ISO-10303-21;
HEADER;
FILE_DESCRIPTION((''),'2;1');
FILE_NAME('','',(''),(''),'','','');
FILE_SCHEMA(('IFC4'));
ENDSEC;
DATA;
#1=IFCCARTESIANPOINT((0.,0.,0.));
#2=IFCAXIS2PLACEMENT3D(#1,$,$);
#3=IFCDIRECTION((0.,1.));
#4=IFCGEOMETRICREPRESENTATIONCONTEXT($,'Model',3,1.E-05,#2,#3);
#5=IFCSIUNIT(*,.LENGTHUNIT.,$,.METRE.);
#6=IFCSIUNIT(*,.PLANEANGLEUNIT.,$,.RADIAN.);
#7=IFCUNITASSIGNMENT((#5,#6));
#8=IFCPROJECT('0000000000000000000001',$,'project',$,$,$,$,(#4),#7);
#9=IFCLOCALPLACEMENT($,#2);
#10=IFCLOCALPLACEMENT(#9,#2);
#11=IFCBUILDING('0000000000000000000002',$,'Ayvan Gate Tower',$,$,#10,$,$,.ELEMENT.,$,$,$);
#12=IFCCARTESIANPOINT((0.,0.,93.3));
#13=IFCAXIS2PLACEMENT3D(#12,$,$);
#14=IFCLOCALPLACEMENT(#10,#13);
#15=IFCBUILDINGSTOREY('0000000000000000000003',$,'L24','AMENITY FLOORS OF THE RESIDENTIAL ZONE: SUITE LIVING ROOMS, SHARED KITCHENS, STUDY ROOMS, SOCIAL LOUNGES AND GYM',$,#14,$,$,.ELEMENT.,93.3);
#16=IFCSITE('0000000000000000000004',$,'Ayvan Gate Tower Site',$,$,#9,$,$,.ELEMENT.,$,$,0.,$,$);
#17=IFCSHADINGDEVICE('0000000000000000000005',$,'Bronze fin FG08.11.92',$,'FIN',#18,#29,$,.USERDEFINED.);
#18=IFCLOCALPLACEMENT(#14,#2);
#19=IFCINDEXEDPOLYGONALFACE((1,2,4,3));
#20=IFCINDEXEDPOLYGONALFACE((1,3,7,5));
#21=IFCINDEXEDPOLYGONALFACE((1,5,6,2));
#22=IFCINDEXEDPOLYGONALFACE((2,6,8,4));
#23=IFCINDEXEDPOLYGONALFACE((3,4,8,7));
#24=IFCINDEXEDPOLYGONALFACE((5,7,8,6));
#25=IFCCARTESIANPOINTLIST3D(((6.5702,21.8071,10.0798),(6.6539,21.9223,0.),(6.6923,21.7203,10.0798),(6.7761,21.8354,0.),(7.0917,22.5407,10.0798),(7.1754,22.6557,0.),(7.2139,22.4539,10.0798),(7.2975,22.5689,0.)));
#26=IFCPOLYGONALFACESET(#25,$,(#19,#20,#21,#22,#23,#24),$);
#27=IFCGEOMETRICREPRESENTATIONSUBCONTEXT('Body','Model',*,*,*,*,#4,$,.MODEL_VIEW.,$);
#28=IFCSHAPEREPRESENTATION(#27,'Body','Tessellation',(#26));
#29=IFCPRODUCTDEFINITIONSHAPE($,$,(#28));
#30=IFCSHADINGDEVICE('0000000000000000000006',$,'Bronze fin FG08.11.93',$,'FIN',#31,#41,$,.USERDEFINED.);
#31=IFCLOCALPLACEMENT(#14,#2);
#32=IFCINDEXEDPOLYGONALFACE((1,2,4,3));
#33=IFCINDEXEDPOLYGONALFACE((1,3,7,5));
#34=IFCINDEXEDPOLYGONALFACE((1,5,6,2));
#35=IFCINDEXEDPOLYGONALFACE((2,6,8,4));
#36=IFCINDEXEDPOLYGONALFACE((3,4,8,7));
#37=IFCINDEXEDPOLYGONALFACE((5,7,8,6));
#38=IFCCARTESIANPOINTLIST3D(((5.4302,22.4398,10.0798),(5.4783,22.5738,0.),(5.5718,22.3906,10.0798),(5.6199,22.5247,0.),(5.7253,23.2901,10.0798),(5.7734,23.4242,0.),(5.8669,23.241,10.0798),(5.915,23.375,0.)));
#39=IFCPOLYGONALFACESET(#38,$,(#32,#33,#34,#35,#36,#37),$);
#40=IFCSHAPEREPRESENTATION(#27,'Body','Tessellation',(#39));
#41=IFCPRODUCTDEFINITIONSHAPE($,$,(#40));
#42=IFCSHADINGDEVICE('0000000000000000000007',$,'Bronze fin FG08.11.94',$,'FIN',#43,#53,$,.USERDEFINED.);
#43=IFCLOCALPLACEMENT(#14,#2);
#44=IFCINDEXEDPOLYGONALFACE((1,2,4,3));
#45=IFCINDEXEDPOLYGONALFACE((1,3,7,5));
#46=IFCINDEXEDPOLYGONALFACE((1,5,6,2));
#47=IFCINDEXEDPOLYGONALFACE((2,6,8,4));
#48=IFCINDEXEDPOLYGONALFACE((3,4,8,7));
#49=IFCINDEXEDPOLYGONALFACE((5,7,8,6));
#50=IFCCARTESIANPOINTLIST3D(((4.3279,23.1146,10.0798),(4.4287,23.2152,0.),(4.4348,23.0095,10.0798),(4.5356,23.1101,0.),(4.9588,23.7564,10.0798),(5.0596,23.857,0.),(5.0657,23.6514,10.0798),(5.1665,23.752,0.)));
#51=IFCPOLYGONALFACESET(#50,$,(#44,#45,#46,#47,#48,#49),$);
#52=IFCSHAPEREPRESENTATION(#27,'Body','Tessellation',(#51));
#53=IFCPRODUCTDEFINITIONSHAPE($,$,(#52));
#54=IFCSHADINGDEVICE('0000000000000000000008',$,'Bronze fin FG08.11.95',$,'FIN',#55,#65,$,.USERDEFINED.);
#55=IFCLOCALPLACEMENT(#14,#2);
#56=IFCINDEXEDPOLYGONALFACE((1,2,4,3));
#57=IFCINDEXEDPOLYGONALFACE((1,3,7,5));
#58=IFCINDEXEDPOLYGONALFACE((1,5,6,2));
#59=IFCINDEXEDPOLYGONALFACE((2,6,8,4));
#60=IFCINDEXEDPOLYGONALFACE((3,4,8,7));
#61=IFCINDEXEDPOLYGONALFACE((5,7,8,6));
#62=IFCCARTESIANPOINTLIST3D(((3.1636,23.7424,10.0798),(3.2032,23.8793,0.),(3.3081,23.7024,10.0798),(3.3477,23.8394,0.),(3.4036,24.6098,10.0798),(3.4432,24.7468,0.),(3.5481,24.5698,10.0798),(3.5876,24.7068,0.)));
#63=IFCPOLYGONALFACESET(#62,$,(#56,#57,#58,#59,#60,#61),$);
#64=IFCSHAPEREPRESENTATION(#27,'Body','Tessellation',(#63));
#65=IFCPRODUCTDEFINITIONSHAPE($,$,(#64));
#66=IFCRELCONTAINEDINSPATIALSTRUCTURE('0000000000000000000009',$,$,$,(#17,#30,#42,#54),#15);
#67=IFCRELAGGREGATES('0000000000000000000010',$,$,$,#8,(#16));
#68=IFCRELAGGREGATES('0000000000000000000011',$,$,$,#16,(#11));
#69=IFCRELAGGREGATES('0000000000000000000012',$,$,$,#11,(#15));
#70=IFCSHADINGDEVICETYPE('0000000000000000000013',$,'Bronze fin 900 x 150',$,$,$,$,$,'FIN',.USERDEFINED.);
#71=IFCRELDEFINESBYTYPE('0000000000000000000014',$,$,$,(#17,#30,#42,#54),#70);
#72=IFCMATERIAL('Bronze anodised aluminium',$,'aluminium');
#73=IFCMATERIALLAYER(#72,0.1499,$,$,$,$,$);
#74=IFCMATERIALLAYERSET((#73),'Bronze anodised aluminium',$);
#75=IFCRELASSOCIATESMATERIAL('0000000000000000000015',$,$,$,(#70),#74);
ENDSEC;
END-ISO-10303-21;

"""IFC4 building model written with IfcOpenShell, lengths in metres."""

from ifc_helpers import new_model, si_unit, direction, frame, origin, place, context, subcontext, project, spatial, polyline, outline, extrude, material, layer, layer_set, type_object, element, save


model = new_model("IFC4")

# Units and contexts
model_context = context("Model", 3, precision=1e-05, world=origin(), true_north=direction((0.0, 1.0)))
body_context = subcontext(model_context, "Body", "Model", "MODEL_VIEW")
ifc_project = project(units=[si_unit("LENGTHUNIT", "METRE"), si_unit("PLANEANGLEUNIT", "RADIAN")], contexts=[model_context])

# Site, building, storey
site_placement = place(None, origin())
site = spatial("IfcSite", under=ifc_project, at=site_placement, Name="Ayvan Gate Tower Site", CompositionType="ELEMENT", RefElevation=0.0)
building_placement = place(site_placement, origin())
building = spatial("IfcBuilding", under=site, at=building_placement, Name="Ayvan Gate Tower", CompositionType="ELEMENT")
storey_placement = place(building_placement, frame((0.0, 0.0, 93.3)))
storey = spatial("IfcBuildingStorey", under=building, at=storey_placement, Name="L24", Description="AMENITY FLOORS OF THE RESIDENTIAL ZONE: SUITE LIVING ROOMS, SHARED KITCHENS, STUDY ROOMS, SOCIAL LOUNGES AND GYM", CompositionType="ELEMENT", Elevation=93.3)

# Shared definitions
ifc_material_1 = material(Name="Bronze anodised aluminium", Category="aluminium")

# Shading devices
ifc_layer_1 = layer(ifc_material_1, 0.1499)
ifc_layer_set_1 = layer_set([ifc_layer_1], Name="Bronze anodised aluminium")
shading_device_type = type_object("IfcShadingDeviceType", Name="Bronze fin 900 x 150", ElementType="FIN", PredefinedType="USERDEFINED", material=ifc_layer_set_1)
shading_device_1_placement = place(storey_placement, frame((6.7761, 21.8354, 0.0), z_axis=(0.815024, -0.579428, 0.000154), x_axis=(0.579428, 0.815024, 0.0)))
element("IfcShadingDevice", 1, at=shading_device_1_placement, inside=storey, type_object=shading_device_type, Name="Bronze fin FG08.11.92", ObjectType="FIN", PredefinedType="USERDEFINED", context=body_context, shape_type="SweptSolid", body=[
    extrude(outline(polyline([(0.0, 0.0), (0.8999, 0.0), (0.7577, 10.0798), (-0.1424, 10.0798), (0.0, 0.0)])), origin(), (0.0, 0.0, -1.0), 0.1499),
])
shading_device_2_placement = place(storey_placement, frame((5.6199, 22.5247, 0.0), z_axis=(0.944705, -0.327921, 0.000147), x_axis=(0.327921, 0.944705, 0.0)))
element("IfcShadingDevice", 2, at=shading_device_2_placement, inside=storey, type_object=shading_device_type, Name="Bronze fin FG08.11.93", ObjectType="FIN", PredefinedType="USERDEFINED", context=body_context, shape_type="SweptSolid", body=[
    extrude(outline(polyline([(0.0, 0.0), (0.9001, 0.0), (0.7577, 10.0798), (-0.1424, 10.0798), (0.0, 0.0)])), origin(), (0.0, 0.0, -1.0), 0.1499),
])
shading_device_3_placement = place(storey_placement, frame((4.5356, 23.1101, 0.0), z_axis=(0.713184, -0.700977, 0.000139), x_axis=(0.700977, 0.713184, 0.0)))
element("IfcShadingDevice", 3, at=shading_device_3_placement, inside=storey, type_object=shading_device_type, Name="Bronze fin FG08.11.94", ObjectType="FIN", PredefinedType="USERDEFINED", context=body_context, shape_type="SweptSolid", body=[
    extrude(outline(polyline([(0.0, 0.0), (0.9, 0.0), (0.7576, 10.0798), (-0.1424, 10.0798), (0.0, 0.0)])), origin(), (0.0, 0.0, -1.0), 0.1499),
])
shading_device_4_placement = place(storey_placement, frame((3.3477, 23.8394, 0.0), z_axis=(0.963793, -0.26665, 0.000158), x_axis=(0.26665, 0.963793, 0.0)))
element("IfcShadingDevice", 4, at=shading_device_4_placement, inside=storey, type_object=shading_device_type, Name="Bronze fin FG08.11.95", ObjectType="FIN", PredefinedType="USERDEFINED", context=body_context, shape_type="SweptSolid", body=[
    extrude(outline(polyline([(0.0, 0.0), (0.9, 0.0), (0.7575, 10.0798), (-0.1426, 10.0798), (0.0, 0.0)])), origin(), (0.0, 0.0, -1.0), 0.1499),
])

save(model, "model.ifc")
